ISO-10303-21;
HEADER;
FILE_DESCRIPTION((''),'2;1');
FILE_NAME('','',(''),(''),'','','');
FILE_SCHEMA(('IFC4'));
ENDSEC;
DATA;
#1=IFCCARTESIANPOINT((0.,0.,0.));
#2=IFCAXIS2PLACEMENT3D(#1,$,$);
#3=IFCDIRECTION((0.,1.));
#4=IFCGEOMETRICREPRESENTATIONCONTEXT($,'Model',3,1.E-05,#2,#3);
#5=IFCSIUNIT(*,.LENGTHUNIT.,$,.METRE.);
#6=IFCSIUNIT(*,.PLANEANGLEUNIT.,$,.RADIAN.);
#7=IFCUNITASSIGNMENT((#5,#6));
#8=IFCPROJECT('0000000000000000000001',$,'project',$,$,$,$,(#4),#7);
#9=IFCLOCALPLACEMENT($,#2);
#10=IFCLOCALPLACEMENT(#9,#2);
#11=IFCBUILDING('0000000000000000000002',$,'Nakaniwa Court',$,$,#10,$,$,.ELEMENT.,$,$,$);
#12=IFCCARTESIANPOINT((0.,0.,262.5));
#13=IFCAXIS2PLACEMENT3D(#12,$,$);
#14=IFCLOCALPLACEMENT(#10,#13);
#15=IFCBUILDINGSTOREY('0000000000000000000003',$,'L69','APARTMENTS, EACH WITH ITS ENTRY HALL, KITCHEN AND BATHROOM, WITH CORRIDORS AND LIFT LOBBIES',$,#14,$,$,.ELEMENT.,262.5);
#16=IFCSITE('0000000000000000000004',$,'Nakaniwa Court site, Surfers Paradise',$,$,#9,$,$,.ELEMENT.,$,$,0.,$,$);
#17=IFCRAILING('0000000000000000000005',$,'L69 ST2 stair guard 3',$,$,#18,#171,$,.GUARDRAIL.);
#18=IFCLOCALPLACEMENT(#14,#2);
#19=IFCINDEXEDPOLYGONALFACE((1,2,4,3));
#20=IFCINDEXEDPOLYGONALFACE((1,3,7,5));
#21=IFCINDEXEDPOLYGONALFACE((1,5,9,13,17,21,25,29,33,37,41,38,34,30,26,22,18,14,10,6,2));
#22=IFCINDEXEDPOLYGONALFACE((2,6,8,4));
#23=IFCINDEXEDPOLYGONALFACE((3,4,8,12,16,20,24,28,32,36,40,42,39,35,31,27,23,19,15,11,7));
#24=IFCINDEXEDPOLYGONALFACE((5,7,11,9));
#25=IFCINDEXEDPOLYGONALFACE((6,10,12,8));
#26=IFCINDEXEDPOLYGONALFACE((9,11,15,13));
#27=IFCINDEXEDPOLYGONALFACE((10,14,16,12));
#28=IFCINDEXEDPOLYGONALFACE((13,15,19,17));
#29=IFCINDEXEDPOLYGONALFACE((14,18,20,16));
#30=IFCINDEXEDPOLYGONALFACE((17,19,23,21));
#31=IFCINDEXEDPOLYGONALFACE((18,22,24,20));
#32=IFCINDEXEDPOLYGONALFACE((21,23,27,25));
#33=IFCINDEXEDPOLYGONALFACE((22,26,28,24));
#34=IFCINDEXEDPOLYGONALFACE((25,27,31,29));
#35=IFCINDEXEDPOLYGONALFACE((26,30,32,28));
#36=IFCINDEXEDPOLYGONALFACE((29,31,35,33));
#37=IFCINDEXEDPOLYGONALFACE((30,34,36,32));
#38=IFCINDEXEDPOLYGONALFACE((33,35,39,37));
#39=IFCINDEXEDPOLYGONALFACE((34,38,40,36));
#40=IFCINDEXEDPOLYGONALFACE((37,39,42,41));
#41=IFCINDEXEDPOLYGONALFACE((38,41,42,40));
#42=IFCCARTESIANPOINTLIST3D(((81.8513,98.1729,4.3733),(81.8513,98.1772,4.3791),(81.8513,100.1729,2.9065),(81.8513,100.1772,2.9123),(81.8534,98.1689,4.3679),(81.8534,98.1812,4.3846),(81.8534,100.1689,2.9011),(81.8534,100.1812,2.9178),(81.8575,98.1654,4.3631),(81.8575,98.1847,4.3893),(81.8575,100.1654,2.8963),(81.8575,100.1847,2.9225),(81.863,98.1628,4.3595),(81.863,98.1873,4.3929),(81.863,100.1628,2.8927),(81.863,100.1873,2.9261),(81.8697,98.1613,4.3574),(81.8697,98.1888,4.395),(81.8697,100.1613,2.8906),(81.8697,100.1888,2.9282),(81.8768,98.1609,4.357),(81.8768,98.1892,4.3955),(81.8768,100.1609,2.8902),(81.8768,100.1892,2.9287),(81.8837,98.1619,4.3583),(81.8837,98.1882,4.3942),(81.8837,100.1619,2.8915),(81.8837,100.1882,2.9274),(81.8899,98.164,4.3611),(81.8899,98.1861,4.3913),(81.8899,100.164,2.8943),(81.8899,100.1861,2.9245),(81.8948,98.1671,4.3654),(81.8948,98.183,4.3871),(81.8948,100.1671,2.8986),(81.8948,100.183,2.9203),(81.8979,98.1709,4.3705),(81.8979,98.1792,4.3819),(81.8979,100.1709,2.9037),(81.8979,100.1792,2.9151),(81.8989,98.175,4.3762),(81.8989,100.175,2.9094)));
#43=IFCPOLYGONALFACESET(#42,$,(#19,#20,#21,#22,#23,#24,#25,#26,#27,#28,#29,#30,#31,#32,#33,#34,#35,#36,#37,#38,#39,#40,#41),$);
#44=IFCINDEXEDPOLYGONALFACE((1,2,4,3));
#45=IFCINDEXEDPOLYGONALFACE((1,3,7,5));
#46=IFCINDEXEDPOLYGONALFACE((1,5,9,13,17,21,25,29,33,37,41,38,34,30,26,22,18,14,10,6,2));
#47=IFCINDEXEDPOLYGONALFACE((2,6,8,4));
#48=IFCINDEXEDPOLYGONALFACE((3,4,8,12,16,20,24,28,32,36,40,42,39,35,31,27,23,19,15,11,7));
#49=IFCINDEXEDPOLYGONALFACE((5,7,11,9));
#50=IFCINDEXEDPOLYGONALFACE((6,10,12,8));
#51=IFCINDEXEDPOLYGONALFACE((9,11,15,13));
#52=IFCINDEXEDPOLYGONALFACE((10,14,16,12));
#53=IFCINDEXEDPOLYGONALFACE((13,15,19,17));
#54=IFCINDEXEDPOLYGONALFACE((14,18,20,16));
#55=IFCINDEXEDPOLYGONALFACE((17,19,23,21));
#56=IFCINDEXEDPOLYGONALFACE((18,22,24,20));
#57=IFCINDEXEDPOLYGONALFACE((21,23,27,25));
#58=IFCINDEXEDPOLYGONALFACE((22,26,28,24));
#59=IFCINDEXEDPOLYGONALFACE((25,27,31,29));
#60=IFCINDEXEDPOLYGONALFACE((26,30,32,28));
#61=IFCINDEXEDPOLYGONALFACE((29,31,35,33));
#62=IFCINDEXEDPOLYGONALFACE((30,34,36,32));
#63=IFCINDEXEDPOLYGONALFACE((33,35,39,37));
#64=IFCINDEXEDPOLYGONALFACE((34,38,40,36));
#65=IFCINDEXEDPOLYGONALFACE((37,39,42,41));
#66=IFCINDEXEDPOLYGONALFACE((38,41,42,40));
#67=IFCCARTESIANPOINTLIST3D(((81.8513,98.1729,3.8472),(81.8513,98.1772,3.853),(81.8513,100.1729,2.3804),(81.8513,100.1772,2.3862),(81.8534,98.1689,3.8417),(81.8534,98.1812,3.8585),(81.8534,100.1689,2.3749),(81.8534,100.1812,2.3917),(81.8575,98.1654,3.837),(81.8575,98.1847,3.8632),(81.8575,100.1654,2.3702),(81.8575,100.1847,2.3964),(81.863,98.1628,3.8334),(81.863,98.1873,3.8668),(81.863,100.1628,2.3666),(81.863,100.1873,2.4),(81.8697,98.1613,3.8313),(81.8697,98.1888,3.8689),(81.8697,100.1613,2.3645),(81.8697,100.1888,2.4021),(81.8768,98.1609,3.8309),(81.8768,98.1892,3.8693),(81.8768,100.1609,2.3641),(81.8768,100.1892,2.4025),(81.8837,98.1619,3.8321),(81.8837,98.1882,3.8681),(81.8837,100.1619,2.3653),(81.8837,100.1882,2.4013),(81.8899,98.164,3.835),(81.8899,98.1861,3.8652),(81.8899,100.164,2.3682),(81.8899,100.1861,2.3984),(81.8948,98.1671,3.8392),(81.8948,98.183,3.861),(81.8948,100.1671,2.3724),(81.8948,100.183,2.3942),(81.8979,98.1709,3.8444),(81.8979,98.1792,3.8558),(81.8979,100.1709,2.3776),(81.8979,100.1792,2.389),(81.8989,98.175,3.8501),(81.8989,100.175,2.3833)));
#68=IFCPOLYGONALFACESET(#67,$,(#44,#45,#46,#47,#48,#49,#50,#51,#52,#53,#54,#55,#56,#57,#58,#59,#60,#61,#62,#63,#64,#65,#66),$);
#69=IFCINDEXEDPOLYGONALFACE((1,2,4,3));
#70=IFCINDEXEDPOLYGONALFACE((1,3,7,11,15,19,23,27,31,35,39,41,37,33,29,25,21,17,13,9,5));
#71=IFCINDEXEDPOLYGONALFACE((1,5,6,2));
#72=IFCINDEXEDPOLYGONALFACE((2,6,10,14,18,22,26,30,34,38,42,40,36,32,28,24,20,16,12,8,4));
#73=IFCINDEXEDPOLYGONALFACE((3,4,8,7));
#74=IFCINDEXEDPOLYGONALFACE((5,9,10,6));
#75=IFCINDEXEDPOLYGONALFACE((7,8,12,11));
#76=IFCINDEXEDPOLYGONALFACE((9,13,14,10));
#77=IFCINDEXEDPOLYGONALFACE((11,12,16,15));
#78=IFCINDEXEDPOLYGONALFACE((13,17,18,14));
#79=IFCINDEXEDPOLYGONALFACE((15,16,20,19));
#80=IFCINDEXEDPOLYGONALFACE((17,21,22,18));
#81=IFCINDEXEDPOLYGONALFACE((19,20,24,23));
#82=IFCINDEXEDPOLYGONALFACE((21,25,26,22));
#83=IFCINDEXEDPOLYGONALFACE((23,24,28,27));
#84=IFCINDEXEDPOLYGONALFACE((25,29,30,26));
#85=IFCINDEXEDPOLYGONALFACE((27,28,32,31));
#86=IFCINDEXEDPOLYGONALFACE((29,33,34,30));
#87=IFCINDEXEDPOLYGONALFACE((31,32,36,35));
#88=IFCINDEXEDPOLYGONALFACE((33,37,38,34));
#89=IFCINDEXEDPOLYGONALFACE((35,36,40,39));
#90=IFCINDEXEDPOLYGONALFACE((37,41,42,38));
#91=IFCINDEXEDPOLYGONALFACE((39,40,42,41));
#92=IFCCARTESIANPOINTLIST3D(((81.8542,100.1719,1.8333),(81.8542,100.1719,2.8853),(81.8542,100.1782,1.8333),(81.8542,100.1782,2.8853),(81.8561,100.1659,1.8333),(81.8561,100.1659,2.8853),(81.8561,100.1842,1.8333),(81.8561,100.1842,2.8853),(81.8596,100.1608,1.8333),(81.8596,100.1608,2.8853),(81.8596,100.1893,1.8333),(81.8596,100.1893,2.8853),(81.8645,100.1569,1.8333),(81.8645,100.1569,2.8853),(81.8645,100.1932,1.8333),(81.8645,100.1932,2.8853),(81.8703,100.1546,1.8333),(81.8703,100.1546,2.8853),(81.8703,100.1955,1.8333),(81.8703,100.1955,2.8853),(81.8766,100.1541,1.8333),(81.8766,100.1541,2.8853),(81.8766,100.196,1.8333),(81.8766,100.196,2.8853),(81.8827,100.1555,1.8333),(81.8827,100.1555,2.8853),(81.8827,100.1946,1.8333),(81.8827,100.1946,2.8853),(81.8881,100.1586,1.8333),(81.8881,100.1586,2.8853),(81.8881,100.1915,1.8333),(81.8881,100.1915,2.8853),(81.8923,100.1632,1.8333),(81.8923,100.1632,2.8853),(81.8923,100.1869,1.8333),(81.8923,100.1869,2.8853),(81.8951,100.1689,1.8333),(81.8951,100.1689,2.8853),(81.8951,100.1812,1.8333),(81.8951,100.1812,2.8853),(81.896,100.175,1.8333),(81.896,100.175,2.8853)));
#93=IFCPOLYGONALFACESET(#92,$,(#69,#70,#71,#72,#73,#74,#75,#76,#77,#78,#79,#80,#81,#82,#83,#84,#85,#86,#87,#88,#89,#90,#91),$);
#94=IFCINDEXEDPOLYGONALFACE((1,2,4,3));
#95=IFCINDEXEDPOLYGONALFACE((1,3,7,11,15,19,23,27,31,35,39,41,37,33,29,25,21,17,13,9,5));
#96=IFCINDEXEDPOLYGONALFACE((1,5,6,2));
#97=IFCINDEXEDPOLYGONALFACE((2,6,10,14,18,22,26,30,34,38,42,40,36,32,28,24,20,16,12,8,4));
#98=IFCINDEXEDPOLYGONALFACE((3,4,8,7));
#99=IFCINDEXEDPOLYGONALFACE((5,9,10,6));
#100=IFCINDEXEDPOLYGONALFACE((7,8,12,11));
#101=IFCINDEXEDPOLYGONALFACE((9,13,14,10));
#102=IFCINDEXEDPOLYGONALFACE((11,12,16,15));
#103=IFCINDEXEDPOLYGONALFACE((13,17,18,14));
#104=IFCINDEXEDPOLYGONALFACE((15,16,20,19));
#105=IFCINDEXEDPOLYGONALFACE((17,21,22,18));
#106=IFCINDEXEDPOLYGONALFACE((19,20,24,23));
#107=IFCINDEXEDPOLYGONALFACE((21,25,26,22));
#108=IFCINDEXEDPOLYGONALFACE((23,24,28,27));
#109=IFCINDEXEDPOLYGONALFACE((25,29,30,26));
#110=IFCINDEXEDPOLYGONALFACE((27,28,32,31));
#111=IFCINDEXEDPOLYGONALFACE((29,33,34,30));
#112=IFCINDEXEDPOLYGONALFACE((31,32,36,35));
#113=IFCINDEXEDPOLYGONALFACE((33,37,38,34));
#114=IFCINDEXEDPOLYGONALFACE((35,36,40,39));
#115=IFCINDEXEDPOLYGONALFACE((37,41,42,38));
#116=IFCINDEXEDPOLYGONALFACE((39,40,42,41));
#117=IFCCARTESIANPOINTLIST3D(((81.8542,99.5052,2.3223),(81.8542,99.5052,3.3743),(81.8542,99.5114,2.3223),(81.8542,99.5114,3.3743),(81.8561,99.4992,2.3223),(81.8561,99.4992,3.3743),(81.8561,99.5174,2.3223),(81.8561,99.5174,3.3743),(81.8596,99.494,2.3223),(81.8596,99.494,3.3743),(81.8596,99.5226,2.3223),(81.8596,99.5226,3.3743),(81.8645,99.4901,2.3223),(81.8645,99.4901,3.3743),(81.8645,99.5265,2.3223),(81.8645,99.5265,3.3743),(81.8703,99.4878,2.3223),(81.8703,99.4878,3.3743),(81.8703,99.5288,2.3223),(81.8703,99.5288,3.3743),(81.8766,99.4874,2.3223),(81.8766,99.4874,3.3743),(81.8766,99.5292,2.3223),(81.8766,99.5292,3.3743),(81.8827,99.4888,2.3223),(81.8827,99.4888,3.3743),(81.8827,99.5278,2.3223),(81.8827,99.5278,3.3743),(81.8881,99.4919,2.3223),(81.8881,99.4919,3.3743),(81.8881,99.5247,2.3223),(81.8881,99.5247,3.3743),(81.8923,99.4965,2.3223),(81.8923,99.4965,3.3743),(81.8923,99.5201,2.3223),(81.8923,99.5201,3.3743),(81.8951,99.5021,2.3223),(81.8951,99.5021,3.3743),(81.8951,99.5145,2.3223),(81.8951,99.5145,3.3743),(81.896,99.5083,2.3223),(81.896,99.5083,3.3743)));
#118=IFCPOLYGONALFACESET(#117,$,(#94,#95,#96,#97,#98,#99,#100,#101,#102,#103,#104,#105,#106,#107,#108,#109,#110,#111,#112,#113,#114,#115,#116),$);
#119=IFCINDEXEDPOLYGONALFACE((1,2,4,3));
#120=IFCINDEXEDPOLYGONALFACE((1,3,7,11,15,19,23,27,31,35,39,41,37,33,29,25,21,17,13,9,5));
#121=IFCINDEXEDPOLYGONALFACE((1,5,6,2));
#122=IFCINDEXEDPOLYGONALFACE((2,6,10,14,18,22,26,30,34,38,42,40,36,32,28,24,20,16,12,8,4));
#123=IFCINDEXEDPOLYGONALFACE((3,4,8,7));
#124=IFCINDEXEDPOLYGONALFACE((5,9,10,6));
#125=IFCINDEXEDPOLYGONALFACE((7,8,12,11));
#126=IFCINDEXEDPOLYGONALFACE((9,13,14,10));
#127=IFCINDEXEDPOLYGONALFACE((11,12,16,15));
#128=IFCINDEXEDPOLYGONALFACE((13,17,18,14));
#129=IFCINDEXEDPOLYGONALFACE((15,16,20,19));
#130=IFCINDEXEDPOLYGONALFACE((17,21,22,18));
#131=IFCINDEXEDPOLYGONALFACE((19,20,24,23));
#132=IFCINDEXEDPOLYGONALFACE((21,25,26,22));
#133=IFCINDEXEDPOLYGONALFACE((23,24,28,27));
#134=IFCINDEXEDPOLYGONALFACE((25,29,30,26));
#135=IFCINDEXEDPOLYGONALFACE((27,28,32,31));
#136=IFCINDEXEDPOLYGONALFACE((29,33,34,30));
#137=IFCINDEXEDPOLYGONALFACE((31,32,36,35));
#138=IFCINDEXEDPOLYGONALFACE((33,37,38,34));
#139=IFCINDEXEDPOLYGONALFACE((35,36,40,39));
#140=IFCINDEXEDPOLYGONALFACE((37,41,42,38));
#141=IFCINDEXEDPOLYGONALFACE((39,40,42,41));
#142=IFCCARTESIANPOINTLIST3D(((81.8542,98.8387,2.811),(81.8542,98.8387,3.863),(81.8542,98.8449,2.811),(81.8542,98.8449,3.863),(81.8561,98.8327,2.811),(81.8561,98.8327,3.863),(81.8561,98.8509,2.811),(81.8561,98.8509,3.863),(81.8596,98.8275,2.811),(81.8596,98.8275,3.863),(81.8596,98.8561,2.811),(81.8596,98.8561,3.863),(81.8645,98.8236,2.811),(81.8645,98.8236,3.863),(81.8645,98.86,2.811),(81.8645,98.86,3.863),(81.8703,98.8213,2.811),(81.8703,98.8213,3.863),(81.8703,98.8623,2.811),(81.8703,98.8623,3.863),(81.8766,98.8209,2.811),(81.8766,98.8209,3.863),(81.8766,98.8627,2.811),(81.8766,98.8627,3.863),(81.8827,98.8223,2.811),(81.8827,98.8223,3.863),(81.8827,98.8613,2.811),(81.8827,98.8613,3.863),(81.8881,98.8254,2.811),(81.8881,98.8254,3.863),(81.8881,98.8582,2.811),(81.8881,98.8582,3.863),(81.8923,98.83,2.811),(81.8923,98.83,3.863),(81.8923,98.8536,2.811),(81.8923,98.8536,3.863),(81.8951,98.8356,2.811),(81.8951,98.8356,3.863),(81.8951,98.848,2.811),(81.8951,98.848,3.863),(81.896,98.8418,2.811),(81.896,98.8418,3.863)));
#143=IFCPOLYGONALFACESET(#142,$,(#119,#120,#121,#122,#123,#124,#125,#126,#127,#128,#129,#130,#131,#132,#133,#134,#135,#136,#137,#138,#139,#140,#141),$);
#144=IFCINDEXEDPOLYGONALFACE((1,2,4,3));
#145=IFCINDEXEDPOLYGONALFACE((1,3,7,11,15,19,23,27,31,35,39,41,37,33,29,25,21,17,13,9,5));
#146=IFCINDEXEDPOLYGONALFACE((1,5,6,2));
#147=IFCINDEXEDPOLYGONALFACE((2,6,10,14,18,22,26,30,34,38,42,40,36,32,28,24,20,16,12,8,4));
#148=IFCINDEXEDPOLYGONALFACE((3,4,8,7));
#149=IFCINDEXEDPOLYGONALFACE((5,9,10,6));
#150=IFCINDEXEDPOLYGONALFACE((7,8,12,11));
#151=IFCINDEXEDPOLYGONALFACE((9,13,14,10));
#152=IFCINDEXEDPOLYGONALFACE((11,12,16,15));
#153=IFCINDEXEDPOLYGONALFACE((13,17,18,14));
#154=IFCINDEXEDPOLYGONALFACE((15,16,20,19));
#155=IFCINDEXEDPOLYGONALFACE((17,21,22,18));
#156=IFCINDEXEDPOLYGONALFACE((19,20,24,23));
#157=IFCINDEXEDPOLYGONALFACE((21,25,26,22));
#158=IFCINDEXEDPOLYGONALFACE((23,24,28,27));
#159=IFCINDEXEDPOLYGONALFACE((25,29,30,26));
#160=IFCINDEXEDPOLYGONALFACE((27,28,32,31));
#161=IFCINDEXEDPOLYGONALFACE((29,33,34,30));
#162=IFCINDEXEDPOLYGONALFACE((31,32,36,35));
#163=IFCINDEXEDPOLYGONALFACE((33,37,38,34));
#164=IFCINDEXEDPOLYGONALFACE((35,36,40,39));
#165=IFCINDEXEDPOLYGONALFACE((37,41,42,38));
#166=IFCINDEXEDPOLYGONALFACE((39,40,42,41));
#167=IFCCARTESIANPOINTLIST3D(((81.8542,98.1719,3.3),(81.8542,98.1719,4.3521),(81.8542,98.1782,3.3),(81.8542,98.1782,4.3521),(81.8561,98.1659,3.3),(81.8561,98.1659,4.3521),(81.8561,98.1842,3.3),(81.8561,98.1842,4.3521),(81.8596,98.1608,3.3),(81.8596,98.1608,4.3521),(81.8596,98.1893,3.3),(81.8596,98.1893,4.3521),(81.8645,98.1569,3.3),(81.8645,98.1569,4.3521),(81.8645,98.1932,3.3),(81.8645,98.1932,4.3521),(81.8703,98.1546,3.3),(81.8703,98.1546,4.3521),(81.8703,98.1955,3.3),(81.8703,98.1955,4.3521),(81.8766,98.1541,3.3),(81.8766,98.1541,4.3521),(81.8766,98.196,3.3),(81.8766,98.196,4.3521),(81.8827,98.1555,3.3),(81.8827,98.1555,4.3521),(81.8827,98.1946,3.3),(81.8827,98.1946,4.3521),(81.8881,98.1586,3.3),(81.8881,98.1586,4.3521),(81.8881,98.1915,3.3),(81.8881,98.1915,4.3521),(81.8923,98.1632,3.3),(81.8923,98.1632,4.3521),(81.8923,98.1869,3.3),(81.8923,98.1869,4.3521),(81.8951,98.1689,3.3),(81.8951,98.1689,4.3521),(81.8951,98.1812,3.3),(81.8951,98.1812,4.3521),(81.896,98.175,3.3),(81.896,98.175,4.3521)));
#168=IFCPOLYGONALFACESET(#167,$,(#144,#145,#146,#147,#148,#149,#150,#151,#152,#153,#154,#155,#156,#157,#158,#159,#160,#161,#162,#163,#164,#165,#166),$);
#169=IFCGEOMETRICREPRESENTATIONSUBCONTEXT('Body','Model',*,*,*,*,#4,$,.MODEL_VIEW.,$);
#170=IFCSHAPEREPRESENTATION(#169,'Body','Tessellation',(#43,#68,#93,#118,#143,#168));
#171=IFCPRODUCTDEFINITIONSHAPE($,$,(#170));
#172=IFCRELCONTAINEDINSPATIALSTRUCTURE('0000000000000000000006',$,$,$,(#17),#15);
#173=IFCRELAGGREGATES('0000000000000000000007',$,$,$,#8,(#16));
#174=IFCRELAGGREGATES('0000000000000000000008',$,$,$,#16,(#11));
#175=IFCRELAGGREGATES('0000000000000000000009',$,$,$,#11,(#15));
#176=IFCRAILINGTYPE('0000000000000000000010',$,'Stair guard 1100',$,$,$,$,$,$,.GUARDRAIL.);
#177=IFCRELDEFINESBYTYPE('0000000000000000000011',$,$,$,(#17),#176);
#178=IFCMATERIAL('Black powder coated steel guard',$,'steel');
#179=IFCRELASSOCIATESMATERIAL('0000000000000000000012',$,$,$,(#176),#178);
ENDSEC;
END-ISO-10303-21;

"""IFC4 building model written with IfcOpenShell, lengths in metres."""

from ifc_helpers import new_model, si_unit, direction, frame, origin, origin_2d, place, context, subcontext, project, spatial, circle, extrude, material, type_object, element, save


model = new_model("IFC4")

# Units and contexts
model_context = context("Model", 3, precision=1e-05, world=origin(), true_north=direction((0.0, 1.0)))
body_context = subcontext(model_context, "Body", "Model", "MODEL_VIEW")
ifc_project = project(units=[si_unit("LENGTHUNIT", "METRE"), si_unit("PLANEANGLEUNIT", "RADIAN")], contexts=[model_context])

# Site, building, storey
site_placement = place(None, origin())
site = spatial("IfcSite", under=ifc_project, at=site_placement, Name="Nakaniwa Court site, Surfers Paradise", CompositionType="ELEMENT", RefElevation=0.0)
building_placement = place(site_placement, origin())
building = spatial("IfcBuilding", under=site, at=building_placement, Name="Nakaniwa Court", CompositionType="ELEMENT")
storey_placement = place(building_placement, frame((0.0, 0.0, 262.5)))
storey = spatial("IfcBuildingStorey", under=building, at=storey_placement, Name="L69", Description="APARTMENTS, EACH WITH ITS ENTRY HALL, KITCHEN AND BATHROOM, WITH CORRIDORS AND LIFT LOBBIES", CompositionType="ELEMENT", Elevation=262.5)

# Railing
ifc_material_1 = material(Name="Black powder coated steel guard", Category="steel")
railing_type_1 = type_object("IfcRailingType", Name="Stair guard 1100", PredefinedType="GUARDRAIL", material=ifc_material_1)
railing_1_placement = place(storey_placement, frame((81.875, 100.175, 1.8333)))
element("IfcRailing", 1, at=railing_1_placement, inside=storey, type_object=railing_type_1, Name="L69 ST2 stair guard 3", PredefinedType="GUARDRAIL", context=body_context, shape_type="SweptSolid", body=[
    extrude(circle(Radius=0.0239, at=origin_2d()), frame((0.0, 0.0, 1.0762), z_axis=(0.0, -0.80638, 0.591398), x_axis=(1.0, 0.0, 0.0)), (0.0, 0.0, 1.0), 2.4802),
    extrude(circle(Radius=0.0239, at=origin_2d()), frame((0.0, 0.0, 0.55), z_axis=(0.0, -0.80638, 0.591398), x_axis=(1.0, 0.0, 0.0)), (0.0, 0.0, 1.0), 2.4802),
    extrude(circle(Radius=0.021, at=origin_2d()), origin(), (0.0, 0.0, 1.0), 1.052),
    extrude(circle(Radius=0.021, at=origin_2d()), frame((0.0, -0.6667, 0.489)), (0.0, 0.0, 1.0), 1.052),
    extrude(circle(Radius=0.021, at=origin_2d()), frame((0.0, -1.3333, 0.9778)), (0.0, 0.0, 1.0), 1.052),
    extrude(circle(Radius=0.021, at=origin_2d()), frame((0.0, -2.0, 1.4668)), (0.0, 0.0, 1.0), 1.052),
])

save(model, "model.ifc")
